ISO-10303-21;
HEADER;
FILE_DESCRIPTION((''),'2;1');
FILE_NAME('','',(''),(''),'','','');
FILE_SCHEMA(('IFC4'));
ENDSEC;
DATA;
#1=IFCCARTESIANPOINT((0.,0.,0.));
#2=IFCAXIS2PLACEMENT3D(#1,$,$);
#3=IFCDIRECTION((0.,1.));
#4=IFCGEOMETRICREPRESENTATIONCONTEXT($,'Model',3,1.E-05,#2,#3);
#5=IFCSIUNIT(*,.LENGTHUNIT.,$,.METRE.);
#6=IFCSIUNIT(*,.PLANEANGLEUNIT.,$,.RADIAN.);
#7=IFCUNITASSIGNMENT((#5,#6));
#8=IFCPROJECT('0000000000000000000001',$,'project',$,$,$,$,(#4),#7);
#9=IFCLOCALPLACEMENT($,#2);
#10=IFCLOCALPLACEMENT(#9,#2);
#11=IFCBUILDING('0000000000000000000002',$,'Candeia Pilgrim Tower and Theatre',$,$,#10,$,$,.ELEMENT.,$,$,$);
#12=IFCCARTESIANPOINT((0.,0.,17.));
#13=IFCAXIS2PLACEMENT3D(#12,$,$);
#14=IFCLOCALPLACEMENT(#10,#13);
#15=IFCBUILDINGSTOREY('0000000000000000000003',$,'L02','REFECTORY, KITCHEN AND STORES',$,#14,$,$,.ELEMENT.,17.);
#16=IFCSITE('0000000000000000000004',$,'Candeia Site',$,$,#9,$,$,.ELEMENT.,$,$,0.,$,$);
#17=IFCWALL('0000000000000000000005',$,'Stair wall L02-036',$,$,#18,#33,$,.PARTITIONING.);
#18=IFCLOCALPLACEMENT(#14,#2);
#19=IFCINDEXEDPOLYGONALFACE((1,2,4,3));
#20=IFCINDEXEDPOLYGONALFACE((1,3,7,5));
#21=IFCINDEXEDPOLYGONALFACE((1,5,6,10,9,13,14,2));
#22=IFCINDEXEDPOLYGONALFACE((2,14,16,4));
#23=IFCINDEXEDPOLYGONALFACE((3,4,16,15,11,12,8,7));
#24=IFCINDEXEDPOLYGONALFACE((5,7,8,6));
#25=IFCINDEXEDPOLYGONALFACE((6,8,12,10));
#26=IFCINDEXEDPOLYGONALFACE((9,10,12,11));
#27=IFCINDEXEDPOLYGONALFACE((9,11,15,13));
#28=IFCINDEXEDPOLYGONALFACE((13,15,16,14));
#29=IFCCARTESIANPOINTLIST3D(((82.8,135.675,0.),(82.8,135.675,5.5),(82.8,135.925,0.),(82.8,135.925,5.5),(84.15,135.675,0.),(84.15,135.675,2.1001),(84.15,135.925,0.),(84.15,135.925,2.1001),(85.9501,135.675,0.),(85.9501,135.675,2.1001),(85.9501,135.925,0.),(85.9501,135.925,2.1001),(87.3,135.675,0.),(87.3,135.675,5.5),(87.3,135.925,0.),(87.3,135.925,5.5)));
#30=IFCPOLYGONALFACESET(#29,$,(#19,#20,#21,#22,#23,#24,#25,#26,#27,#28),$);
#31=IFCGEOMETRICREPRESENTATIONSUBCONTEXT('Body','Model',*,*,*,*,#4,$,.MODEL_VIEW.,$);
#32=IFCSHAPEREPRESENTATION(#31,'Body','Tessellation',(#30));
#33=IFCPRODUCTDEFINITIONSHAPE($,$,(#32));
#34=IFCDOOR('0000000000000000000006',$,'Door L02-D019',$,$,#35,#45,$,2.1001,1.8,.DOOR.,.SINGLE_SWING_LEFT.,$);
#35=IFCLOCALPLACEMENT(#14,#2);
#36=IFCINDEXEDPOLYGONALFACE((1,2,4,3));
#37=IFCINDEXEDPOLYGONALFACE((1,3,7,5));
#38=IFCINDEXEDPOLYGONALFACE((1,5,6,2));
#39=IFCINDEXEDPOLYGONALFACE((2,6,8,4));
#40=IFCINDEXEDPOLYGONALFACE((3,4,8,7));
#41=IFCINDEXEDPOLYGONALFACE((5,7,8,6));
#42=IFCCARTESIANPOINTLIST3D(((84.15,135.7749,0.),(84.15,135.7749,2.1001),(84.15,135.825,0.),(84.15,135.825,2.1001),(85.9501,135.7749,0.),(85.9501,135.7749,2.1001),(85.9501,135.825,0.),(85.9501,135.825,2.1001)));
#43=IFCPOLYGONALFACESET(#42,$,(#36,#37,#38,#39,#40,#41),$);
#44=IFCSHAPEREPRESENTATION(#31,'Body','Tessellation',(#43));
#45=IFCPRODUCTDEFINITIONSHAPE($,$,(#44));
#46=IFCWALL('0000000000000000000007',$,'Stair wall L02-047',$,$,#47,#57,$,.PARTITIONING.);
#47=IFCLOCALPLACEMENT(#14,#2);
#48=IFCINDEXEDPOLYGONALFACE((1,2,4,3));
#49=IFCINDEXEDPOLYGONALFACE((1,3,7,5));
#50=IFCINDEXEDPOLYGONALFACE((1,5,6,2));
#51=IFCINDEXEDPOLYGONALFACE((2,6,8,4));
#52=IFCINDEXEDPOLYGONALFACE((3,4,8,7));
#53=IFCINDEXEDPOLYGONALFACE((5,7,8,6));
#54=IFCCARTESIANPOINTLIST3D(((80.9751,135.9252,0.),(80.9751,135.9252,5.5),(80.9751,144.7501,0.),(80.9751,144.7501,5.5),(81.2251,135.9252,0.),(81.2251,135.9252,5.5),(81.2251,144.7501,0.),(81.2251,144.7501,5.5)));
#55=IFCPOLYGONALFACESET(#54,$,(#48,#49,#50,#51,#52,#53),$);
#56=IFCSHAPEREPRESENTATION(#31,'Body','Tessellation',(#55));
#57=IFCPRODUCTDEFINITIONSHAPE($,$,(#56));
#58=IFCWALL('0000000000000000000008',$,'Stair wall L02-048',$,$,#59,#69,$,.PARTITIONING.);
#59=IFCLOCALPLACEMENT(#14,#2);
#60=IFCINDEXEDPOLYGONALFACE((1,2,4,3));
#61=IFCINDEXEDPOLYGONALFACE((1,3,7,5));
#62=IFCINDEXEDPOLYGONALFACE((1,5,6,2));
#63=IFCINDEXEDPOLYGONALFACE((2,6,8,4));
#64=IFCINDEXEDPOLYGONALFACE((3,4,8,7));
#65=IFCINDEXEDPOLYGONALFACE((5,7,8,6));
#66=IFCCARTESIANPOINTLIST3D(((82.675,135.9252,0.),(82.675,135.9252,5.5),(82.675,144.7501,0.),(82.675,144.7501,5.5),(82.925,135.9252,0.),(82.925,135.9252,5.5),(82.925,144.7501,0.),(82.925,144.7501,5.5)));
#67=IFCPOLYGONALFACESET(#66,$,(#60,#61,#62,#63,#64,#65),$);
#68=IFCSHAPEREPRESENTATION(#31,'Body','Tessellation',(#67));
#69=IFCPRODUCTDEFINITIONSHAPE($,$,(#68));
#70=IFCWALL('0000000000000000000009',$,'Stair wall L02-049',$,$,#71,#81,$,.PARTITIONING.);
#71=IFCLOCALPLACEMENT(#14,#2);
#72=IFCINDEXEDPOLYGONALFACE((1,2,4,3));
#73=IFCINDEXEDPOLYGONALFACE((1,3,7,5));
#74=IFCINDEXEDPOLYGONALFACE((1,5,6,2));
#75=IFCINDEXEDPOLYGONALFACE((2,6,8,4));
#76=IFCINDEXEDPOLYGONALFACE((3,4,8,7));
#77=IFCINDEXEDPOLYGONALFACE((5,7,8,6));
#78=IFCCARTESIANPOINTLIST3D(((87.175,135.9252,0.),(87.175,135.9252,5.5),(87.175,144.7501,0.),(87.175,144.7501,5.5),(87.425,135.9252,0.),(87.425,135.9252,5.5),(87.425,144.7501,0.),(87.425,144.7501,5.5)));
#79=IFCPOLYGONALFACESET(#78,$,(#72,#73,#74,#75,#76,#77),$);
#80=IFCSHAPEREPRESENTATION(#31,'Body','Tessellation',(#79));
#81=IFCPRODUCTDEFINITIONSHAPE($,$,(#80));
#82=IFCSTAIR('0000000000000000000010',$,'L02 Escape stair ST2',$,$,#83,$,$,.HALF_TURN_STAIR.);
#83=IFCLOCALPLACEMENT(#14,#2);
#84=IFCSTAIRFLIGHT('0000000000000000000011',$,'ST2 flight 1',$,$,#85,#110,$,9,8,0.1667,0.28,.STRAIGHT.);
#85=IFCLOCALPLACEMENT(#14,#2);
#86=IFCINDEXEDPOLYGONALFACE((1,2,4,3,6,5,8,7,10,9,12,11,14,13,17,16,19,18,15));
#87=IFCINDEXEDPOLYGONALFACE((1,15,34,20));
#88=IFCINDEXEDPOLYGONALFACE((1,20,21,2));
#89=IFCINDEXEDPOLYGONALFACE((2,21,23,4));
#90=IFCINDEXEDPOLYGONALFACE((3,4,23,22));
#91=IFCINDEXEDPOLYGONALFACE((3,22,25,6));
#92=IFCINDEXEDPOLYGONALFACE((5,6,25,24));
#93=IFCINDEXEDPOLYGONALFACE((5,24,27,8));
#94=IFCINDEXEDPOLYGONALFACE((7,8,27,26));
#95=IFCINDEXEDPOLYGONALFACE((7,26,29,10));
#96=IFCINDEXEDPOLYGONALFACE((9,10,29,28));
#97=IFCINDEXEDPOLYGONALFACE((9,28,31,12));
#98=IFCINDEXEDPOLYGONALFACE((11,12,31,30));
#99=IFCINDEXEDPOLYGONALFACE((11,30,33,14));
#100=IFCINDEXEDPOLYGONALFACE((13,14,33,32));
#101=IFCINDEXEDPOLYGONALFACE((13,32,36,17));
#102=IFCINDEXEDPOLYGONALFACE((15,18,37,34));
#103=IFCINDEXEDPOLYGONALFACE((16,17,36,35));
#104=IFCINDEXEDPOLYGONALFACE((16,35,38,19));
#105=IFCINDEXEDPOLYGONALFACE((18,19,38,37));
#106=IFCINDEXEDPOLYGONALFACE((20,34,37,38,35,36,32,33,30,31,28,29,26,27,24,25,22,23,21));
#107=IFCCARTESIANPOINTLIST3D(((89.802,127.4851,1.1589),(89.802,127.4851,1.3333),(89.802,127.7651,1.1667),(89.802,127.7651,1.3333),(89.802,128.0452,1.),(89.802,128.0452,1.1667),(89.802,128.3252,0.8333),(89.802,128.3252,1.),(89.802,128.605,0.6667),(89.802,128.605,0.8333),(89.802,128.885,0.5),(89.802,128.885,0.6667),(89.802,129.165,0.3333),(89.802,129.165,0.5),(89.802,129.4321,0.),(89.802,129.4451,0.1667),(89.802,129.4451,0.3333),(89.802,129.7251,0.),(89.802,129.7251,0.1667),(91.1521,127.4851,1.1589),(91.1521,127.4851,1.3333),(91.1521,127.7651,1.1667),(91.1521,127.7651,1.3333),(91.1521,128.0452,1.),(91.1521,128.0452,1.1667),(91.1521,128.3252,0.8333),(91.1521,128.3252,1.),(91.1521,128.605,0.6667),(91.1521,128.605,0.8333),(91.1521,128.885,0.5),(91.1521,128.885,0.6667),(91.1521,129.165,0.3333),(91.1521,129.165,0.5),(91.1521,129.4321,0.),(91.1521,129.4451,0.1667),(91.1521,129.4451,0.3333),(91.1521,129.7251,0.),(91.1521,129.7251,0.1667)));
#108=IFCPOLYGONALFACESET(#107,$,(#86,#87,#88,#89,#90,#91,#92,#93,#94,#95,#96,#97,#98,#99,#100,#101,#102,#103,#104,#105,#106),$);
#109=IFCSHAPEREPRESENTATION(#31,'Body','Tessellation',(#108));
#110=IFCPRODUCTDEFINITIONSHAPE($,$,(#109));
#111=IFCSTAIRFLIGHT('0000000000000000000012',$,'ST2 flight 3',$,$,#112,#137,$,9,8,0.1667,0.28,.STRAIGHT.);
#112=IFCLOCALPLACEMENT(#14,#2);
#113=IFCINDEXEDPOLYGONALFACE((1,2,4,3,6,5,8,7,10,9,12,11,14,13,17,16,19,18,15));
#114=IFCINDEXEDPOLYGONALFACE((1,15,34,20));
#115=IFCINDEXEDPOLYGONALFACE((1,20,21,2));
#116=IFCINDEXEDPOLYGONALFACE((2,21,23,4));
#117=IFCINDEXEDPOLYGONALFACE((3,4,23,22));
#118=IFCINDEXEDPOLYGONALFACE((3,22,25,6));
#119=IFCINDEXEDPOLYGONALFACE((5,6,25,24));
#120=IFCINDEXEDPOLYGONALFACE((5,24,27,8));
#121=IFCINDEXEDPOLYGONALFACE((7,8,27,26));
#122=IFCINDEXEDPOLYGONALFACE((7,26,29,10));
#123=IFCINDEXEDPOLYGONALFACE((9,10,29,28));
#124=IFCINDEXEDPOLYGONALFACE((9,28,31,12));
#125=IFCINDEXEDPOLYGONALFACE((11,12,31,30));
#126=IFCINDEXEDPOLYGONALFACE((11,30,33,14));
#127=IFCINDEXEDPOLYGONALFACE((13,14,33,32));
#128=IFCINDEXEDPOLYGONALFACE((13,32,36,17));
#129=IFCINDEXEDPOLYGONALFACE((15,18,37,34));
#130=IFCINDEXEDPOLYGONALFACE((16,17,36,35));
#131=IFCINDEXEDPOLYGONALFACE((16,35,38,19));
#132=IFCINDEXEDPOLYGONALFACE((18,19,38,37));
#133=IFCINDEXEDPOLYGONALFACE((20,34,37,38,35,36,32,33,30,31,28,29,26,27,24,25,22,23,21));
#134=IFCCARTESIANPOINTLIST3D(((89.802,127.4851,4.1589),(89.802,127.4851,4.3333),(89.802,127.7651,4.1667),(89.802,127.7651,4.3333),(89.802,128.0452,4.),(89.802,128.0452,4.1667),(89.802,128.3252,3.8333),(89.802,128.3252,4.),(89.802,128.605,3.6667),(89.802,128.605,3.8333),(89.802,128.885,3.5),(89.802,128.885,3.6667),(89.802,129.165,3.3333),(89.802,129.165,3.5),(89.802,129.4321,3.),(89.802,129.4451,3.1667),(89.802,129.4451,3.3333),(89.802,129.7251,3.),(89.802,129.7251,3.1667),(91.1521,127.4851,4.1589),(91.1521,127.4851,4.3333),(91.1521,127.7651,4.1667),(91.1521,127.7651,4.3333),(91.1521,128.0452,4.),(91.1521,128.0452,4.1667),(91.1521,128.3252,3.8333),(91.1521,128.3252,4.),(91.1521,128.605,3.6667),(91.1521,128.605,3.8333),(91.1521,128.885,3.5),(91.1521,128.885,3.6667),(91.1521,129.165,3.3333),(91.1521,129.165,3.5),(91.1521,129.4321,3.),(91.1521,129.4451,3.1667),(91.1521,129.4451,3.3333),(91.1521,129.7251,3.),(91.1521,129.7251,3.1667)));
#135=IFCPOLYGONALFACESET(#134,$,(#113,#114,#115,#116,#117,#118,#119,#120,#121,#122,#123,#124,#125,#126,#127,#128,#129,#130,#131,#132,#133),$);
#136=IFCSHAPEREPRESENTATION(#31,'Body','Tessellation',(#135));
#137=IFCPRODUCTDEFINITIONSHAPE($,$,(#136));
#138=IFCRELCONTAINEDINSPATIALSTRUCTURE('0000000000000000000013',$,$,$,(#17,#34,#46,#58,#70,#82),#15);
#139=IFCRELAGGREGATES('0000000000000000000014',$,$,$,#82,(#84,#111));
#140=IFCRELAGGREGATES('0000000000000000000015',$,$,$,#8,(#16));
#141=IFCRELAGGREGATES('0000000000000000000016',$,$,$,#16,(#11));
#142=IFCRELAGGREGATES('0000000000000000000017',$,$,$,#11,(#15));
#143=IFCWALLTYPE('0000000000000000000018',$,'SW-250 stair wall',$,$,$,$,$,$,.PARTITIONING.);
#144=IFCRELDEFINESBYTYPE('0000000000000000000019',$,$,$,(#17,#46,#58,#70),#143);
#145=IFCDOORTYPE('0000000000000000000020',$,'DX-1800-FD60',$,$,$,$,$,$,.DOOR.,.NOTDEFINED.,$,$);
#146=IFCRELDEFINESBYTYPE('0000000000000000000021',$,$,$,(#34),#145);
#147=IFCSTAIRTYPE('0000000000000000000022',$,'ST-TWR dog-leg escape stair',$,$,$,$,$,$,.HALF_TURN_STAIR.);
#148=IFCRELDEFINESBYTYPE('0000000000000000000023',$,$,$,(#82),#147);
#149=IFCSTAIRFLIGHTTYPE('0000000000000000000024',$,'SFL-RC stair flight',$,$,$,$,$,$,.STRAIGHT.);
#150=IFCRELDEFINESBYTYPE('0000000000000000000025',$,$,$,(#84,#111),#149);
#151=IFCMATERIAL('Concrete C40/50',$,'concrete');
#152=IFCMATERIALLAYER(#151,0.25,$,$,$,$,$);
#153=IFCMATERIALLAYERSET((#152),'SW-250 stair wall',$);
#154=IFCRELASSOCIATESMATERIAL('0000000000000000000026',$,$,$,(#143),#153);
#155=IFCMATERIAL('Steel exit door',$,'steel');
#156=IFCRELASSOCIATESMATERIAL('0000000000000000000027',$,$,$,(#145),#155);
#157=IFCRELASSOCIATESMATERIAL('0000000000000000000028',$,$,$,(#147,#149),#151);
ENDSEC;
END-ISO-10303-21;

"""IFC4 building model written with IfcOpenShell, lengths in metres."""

from ifc_helpers import new_model, si_unit, direction, frame, frame_2d, origin, place, context, subcontext, project, spatial, polyline, rectangle, outline, extrude, material, layer, layer_set, type_object, element, fill, aggregate, save


model = new_model("IFC4")

# Units and contexts
model_context = context("Model", 3, precision=1e-05, world=origin(), true_north=direction((0.0, 1.0)))
body_context = subcontext(model_context, "Body", "Model", "MODEL_VIEW")
ifc_project = project(units=[si_unit("LENGTHUNIT", "METRE"), si_unit("PLANEANGLEUNIT", "RADIAN")], contexts=[model_context])

# Site, building, storey
site_placement = place(None, origin())
site = spatial("IfcSite", under=ifc_project, at=site_placement, Name="Candeia Site", CompositionType="ELEMENT", RefElevation=0.0)
building_placement = place(site_placement, origin())
building = spatial("IfcBuilding", under=site, at=building_placement, Name="Candeia Pilgrim Tower and Theatre", CompositionType="ELEMENT")
storey_placement = place(building_placement, frame((0.0, 0.0, 17.0)))
storey = spatial("IfcBuildingStorey", under=building, at=storey_placement, Name="L02", Description="REFECTORY, KITCHEN AND STORES", CompositionType="ELEMENT", Elevation=17.0)

# Shared definitions
ifc_material_1 = material(Name="Concrete C40/50", Category="concrete")
ifc_layer_1 = layer(ifc_material_1, 0.25)
ifc_layer_set_1 = layer_set([ifc_layer_1], Name="SW-250 stair wall")
wall_type_1 = type_object("IfcWallType", Name="SW-250 stair wall", PredefinedType="PARTITIONING", material=ifc_layer_set_1)

# Wall, opening, door
wall_1_placement = place(storey_placement, frame((82.8, 135.8, 0.0), z_axis=(0.0, 0.0, 1.0), x_axis=(1.0, 0.0, 0.0)))
wall_1 = element("IfcWall", 1, at=wall_1_placement, inside=storey, type_object=wall_type_1, Name="Stair wall L02-036", PredefinedType="PARTITIONING", context=body_context, shape_type="SweptSolid", body=[
    extrude(rectangle(XDim=4.5, YDim=0.25, at=frame_2d((2.25, 0.0))), origin(), (0.0, 0.0, 1.0), 5.5),
])
opening_1_placement = place(wall_1_placement, frame((1.3501, 0.0, 0.0)))
opening_1 = element("IfcOpeningElement", 2, at=opening_1_placement, cuts=wall_1, PredefinedType="OPENING", context=body_context, shape_type="SweptSolid", body=[
    extrude(rectangle(XDim=1.8, YDim=2.1001, at=frame_2d((0.8999, 1.05))), frame((0.0, 0.135, 0.0), z_axis=(0.0, -1.0, 0.0), x_axis=(1.0, 0.0, 0.0)), (0.0, 0.0, 1.0), 0.27),
])
ifc_material_2 = material(Name="Steel exit door", Category="steel")
door_type_1 = type_object("IfcDoorType", Name="DX-1800-FD60", OperationType="NOTDEFINED", PredefinedType="DOOR", material=ifc_material_2)
door_1_placement = place(opening_1_placement, origin())
door_1 = element("IfcDoor", 3, at=door_1_placement, inside=storey, type_object=door_type_1, Name="Door L02-D019", OperationType="SINGLE_SWING_LEFT", OverallHeight=2.1001, OverallWidth=1.8, PredefinedType="DOOR", context=body_context, shape_type="SweptSolid", body=[
    extrude(rectangle(XDim=1.8, YDim=2.1001, at=frame_2d((0.8999, 1.05))), frame((0.0, 0.0249, 0.0), z_axis=(0.0, -1.0, 0.0), x_axis=(1.0, 0.0, 0.0)), (0.0, 0.0, 1.0), 0.05),
])
fill(opening_1, door_1)

# Walls
for number, where, z_axis, x_axis, name in (
    (4, (81.1001, 135.925, 0.0), (0.0, 0.0, 1.0), (0.0, 1.0, 0.0), "Stair wall L02-047"),
    (5, (82.8, 135.925, 0.0), (0.0, 0.0, 1.0), (0.0, 1.0, 0.0), "Stair wall L02-048"),
    (6, (87.3, 135.925, 0.0), (0.0, 0.0, 1.0), (0.0, 1.0, 0.0), "Stair wall L02-049"),
):
    element("IfcWall", number, at=place(storey_placement, frame(where, z_axis=z_axis, x_axis=x_axis)), inside=storey, type_object=wall_type_1, Name=name, PredefinedType="PARTITIONING", context=body_context, shape_type="SweptSolid", body=[
        extrude(rectangle(XDim=8.825, YDim=0.25, at=frame_2d((4.4126, 0.0))), origin(), (0.0, 0.0, 1.0), 5.5),
    ])

# Stair, stair flights
stair_type = type_object("IfcStairType", Name="ST-TWR dog-leg escape stair", PredefinedType="HALF_TURN_STAIR", material=ifc_material_1)
stair_placement = place(storey_placement, origin())
stair = element("IfcStair", 7, at=stair_placement, inside=storey, type_object=stair_type, Name="L02 Escape stair ST2", PredefinedType="HALF_TURN_STAIR")
stair_flight_type = type_object("IfcStairFlightType", Name="SFL-RC stair flight", PredefinedType="STRAIGHT", material=ifc_material_1)
stair_flight_1_placement = place(storey_placement, frame((90.4771, 129.7251, 0.0), z_axis=(0.0, 0.0, 1.0), x_axis=(0.0, -1.0, 0.0)))
stair_flight_1 = element("IfcStairFlight", 8, at=stair_flight_1_placement, type_object=stair_flight_type, Name="ST2 flight 1", NumberOfRisers=9, NumberOfTreads=8, PredefinedType="STRAIGHT", RiserHeight=0.1667, TreadLength=0.28, context=body_context, shape_type="SweptSolid", body=[
    extrude(outline(polyline([(0.0, 0.0), (0.0, 0.1667), (0.28, 0.1667), (0.28, 0.3333), (0.5601, 0.3333), (0.5601, 0.5), (0.8401, 0.5), (0.8401, 0.6667), (1.1201, 0.6667), (1.1201, 0.8333), (1.3999, 0.8333), (1.3999, 1.0), (1.6799, 1.0), (1.6799, 1.1667), (1.96, 1.1667), (1.96, 1.3333), (2.24, 1.3333), (2.24, 1.5), (2.24, 1.1589), (0.293, 0.0), (0.0, 0.0)])), frame((0.0, 0.675, 0.0), z_axis=(0.0, -1.0, 0.0), x_axis=(1.0, 0.0, 0.0)), (0.0, 0.0, 1.0), 1.3501),
])
stair_flight_2_placement = place(storey_placement, frame((90.4771, 129.7251, 3.0), z_axis=(0.0, 0.0, 1.0), x_axis=(0.0, -1.0, 0.0)))
stair_flight_2 = element("IfcStairFlight", 9, at=stair_flight_2_placement, type_object=stair_flight_type, Name="ST2 flight 3", NumberOfRisers=9, NumberOfTreads=8, PredefinedType="STRAIGHT", RiserHeight=0.1667, TreadLength=0.28, context=body_context, shape_type="SweptSolid", body=[
    extrude(outline(polyline([(0.0, 0.0), (0.0, 0.1667), (0.28, 0.1667), (0.28, 0.3333), (0.5601, 0.3333), (0.5601, 0.5), (0.8401, 0.5), (0.8401, 0.6667), (1.1201, 0.6667), (1.1201, 0.8333), (1.3999, 0.8333), (1.3999, 1.0), (1.6799, 1.0), (1.6799, 1.1667), (1.96, 1.1667), (1.96, 1.3333), (2.24, 1.3333), (2.24, 1.5), (2.24, 1.1589), (0.293, 0.0), (0.0, 0.0)])), frame((0.0, 0.675, 0.0), z_axis=(0.0, -1.0, 0.0), x_axis=(1.0, 0.0, 0.0)), (0.0, 0.0, 1.0), 1.3501),
])
aggregate(stair, [stair_flight_1, stair_flight_2])

save(model, "model.ifc")
